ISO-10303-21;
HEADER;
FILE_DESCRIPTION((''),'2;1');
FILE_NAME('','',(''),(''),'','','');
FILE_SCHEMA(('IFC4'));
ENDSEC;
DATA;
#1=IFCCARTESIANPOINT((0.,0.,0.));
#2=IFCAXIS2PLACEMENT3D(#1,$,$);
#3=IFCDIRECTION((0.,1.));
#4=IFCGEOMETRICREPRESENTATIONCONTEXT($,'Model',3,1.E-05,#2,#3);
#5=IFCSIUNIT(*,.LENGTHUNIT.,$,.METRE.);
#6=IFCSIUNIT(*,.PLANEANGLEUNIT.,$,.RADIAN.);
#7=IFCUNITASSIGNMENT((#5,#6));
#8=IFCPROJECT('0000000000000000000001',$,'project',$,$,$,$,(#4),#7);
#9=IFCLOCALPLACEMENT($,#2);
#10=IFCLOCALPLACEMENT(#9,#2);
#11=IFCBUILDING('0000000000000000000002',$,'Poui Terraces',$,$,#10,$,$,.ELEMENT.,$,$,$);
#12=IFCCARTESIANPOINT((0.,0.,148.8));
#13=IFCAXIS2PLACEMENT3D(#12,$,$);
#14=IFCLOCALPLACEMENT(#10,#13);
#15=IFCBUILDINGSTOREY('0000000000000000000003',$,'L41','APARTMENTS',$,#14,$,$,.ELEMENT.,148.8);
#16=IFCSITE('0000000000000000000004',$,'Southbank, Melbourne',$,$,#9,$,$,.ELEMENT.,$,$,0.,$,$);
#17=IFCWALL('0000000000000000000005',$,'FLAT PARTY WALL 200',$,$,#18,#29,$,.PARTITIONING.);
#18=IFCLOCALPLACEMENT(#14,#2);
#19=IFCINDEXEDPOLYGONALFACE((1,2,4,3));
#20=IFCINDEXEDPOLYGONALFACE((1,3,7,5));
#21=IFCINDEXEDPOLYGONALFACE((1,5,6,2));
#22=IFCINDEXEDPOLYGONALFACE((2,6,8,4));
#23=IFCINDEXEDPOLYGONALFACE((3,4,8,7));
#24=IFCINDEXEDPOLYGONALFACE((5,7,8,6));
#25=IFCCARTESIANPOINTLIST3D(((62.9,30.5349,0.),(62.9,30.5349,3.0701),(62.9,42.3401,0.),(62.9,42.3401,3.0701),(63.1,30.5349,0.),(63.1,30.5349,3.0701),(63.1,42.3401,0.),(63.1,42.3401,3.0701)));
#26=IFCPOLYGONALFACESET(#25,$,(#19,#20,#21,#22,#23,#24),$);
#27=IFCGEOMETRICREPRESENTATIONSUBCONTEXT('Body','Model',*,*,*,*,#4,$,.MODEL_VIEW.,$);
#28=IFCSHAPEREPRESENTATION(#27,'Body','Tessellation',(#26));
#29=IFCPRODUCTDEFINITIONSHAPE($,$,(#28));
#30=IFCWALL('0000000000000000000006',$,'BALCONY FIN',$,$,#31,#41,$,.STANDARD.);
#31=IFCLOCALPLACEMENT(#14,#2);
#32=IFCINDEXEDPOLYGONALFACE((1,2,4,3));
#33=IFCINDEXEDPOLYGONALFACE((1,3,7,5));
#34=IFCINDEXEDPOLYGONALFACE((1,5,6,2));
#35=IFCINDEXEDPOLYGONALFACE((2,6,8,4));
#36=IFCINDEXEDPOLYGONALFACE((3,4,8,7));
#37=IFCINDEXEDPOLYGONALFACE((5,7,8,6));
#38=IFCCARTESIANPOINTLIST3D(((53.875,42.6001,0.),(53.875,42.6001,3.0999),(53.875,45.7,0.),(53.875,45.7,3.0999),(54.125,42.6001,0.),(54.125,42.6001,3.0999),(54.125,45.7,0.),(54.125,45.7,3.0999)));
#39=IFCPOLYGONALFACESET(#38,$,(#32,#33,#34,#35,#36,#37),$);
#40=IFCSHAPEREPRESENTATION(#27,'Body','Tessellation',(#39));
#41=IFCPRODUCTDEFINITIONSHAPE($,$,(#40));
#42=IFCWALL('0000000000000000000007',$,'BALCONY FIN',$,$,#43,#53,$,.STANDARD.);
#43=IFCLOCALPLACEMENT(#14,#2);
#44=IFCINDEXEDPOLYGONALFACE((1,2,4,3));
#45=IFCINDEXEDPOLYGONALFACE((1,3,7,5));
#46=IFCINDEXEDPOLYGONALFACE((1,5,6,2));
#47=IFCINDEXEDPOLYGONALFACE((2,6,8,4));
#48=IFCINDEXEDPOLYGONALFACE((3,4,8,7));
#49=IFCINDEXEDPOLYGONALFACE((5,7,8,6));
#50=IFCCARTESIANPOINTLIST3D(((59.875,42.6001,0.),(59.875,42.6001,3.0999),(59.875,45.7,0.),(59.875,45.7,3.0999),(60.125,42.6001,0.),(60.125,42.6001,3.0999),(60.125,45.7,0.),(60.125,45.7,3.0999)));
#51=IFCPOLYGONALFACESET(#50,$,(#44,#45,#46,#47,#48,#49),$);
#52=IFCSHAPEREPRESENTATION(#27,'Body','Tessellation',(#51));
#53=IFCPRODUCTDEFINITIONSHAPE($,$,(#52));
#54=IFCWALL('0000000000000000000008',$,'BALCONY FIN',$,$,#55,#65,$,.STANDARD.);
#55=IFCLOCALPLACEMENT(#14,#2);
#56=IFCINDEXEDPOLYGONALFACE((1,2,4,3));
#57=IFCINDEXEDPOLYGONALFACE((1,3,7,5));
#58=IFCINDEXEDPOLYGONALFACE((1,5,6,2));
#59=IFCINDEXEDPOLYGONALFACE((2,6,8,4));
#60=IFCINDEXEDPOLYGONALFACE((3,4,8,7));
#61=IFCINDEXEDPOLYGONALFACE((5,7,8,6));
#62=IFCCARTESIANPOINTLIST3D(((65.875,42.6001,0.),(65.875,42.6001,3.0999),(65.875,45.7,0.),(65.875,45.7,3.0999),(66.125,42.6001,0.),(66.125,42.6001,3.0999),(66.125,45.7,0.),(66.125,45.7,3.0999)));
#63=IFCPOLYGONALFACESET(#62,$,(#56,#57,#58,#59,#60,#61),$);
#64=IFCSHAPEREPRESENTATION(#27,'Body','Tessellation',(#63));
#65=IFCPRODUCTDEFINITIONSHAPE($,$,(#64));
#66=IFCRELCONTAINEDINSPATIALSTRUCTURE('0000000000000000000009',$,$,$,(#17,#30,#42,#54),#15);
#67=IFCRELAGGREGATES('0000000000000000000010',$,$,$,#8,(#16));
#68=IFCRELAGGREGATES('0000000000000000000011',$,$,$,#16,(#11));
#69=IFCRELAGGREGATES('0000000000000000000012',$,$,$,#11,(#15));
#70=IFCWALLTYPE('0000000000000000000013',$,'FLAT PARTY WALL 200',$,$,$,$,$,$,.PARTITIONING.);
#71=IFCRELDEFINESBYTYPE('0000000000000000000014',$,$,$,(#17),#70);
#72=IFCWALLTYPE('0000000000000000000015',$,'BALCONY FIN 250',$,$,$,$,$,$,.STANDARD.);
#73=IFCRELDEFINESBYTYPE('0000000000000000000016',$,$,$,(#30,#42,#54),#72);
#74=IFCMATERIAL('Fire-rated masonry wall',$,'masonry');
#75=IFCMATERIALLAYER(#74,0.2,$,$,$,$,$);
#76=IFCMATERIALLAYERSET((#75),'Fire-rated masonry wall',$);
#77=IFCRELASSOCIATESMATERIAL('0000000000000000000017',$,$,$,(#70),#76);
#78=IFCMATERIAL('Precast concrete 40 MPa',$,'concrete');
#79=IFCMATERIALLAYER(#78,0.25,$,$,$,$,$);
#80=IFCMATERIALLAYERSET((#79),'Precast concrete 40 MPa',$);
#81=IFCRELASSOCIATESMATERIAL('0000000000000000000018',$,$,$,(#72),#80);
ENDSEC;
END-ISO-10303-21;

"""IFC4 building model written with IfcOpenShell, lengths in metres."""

from ifc_helpers import new_model, si_unit, direction, frame, frame_2d, origin, place, context, subcontext, project, spatial, polyline, rectangle, outline, extrude, source, transform, mapped, material, layer, layer_set, type_object, element, save


model = new_model("IFC4")

# Units and contexts
model_context = context("Model", 3, precision=1e-05, world=origin(), true_north=direction((0.0, 1.0)))
body_context = subcontext(model_context, "Body", "Model", "MODEL_VIEW")
ifc_project = project(units=[si_unit("LENGTHUNIT", "METRE"), si_unit("PLANEANGLEUNIT", "RADIAN")], contexts=[model_context])

# Site, building, storey
site_placement = place(None, origin())
site = spatial("IfcSite", under=ifc_project, at=site_placement, Name="Southbank, Melbourne", CompositionType="ELEMENT", RefElevation=0.0)
building_placement = place(site_placement, origin())
building = spatial("IfcBuilding", under=site, at=building_placement, Name="Poui Terraces", CompositionType="ELEMENT")
storey_placement = place(building_placement, frame((0.0, 0.0, 148.8)))
storey = spatial("IfcBuildingStorey", under=building, at=storey_placement, Name="L41", Description="APARTMENTS", CompositionType="ELEMENT", Elevation=148.8)

# Walls
ifc_material_1 = material(Name="Fire-rated masonry wall", Category="masonry")
ifc_layer_1 = layer(ifc_material_1, 0.2)
ifc_layer_set_1 = layer_set([ifc_layer_1], Name="Fire-rated masonry wall")
wall_type_1 = type_object("IfcWallType", Name="FLAT PARTY WALL 200", PredefinedType="PARTITIONING", material=ifc_layer_set_1)
wall_1_placement = place(storey_placement, frame((63.0, 30.5349, 0.0), z_axis=(0.0, 0.0, 1.0), x_axis=(0.0, 1.0, 0.0)))
element("IfcWall", 1, at=wall_1_placement, inside=storey, type_object=wall_type_1, Name="FLAT PARTY WALL 200", PredefinedType="PARTITIONING", context=body_context, shape_type="SweptSolid", body=[
    extrude(rectangle(XDim=11.8052, YDim=0.2, at=frame_2d((5.9026, 0.0))), origin(), (0.0, 0.0, 1.0), 3.0701),
])
ifc_material_2 = material(Name="Precast concrete 40 MPa", Category="concrete")
ifc_layer_2 = layer(ifc_material_2, 0.25)
ifc_layer_set_2 = layer_set([ifc_layer_2], Name="Precast concrete 40 MPa")
wall_type_2 = type_object("IfcWallType", Name="BALCONY FIN 250", PredefinedType="STANDARD", material=ifc_layer_set_2)
shared_shape_1 = source(origin(), body_context, "Body", "SweptSolid", [
    extrude(outline(polyline([(0.0, 0.0), (0.25, 0.0), (0.25, 3.0999), (0.0, 3.0999), (0.0, 0.0)])), origin(), (0.0, 0.0, 1.0), 3.0999),
])
for number, where, name in (
    (2, (53.875, 42.6001, 0.0), "BALCONY FIN"),
    (3, (59.875, 42.6001, 0.0), "BALCONY FIN"),
    (4, (65.875, 42.6001, 0.0), "BALCONY FIN"),
):
    element("IfcWall", number, at=place(storey_placement, frame(where)), inside=storey, type_object=wall_type_2, Name=name, PredefinedType="STANDARD", context=body_context, shape_type="MappedRepresentation", body=[
        mapped(shared_shape_1, transform((0.0, 0.0, 0.0))),
    ])

save(model, "model.ifc")
